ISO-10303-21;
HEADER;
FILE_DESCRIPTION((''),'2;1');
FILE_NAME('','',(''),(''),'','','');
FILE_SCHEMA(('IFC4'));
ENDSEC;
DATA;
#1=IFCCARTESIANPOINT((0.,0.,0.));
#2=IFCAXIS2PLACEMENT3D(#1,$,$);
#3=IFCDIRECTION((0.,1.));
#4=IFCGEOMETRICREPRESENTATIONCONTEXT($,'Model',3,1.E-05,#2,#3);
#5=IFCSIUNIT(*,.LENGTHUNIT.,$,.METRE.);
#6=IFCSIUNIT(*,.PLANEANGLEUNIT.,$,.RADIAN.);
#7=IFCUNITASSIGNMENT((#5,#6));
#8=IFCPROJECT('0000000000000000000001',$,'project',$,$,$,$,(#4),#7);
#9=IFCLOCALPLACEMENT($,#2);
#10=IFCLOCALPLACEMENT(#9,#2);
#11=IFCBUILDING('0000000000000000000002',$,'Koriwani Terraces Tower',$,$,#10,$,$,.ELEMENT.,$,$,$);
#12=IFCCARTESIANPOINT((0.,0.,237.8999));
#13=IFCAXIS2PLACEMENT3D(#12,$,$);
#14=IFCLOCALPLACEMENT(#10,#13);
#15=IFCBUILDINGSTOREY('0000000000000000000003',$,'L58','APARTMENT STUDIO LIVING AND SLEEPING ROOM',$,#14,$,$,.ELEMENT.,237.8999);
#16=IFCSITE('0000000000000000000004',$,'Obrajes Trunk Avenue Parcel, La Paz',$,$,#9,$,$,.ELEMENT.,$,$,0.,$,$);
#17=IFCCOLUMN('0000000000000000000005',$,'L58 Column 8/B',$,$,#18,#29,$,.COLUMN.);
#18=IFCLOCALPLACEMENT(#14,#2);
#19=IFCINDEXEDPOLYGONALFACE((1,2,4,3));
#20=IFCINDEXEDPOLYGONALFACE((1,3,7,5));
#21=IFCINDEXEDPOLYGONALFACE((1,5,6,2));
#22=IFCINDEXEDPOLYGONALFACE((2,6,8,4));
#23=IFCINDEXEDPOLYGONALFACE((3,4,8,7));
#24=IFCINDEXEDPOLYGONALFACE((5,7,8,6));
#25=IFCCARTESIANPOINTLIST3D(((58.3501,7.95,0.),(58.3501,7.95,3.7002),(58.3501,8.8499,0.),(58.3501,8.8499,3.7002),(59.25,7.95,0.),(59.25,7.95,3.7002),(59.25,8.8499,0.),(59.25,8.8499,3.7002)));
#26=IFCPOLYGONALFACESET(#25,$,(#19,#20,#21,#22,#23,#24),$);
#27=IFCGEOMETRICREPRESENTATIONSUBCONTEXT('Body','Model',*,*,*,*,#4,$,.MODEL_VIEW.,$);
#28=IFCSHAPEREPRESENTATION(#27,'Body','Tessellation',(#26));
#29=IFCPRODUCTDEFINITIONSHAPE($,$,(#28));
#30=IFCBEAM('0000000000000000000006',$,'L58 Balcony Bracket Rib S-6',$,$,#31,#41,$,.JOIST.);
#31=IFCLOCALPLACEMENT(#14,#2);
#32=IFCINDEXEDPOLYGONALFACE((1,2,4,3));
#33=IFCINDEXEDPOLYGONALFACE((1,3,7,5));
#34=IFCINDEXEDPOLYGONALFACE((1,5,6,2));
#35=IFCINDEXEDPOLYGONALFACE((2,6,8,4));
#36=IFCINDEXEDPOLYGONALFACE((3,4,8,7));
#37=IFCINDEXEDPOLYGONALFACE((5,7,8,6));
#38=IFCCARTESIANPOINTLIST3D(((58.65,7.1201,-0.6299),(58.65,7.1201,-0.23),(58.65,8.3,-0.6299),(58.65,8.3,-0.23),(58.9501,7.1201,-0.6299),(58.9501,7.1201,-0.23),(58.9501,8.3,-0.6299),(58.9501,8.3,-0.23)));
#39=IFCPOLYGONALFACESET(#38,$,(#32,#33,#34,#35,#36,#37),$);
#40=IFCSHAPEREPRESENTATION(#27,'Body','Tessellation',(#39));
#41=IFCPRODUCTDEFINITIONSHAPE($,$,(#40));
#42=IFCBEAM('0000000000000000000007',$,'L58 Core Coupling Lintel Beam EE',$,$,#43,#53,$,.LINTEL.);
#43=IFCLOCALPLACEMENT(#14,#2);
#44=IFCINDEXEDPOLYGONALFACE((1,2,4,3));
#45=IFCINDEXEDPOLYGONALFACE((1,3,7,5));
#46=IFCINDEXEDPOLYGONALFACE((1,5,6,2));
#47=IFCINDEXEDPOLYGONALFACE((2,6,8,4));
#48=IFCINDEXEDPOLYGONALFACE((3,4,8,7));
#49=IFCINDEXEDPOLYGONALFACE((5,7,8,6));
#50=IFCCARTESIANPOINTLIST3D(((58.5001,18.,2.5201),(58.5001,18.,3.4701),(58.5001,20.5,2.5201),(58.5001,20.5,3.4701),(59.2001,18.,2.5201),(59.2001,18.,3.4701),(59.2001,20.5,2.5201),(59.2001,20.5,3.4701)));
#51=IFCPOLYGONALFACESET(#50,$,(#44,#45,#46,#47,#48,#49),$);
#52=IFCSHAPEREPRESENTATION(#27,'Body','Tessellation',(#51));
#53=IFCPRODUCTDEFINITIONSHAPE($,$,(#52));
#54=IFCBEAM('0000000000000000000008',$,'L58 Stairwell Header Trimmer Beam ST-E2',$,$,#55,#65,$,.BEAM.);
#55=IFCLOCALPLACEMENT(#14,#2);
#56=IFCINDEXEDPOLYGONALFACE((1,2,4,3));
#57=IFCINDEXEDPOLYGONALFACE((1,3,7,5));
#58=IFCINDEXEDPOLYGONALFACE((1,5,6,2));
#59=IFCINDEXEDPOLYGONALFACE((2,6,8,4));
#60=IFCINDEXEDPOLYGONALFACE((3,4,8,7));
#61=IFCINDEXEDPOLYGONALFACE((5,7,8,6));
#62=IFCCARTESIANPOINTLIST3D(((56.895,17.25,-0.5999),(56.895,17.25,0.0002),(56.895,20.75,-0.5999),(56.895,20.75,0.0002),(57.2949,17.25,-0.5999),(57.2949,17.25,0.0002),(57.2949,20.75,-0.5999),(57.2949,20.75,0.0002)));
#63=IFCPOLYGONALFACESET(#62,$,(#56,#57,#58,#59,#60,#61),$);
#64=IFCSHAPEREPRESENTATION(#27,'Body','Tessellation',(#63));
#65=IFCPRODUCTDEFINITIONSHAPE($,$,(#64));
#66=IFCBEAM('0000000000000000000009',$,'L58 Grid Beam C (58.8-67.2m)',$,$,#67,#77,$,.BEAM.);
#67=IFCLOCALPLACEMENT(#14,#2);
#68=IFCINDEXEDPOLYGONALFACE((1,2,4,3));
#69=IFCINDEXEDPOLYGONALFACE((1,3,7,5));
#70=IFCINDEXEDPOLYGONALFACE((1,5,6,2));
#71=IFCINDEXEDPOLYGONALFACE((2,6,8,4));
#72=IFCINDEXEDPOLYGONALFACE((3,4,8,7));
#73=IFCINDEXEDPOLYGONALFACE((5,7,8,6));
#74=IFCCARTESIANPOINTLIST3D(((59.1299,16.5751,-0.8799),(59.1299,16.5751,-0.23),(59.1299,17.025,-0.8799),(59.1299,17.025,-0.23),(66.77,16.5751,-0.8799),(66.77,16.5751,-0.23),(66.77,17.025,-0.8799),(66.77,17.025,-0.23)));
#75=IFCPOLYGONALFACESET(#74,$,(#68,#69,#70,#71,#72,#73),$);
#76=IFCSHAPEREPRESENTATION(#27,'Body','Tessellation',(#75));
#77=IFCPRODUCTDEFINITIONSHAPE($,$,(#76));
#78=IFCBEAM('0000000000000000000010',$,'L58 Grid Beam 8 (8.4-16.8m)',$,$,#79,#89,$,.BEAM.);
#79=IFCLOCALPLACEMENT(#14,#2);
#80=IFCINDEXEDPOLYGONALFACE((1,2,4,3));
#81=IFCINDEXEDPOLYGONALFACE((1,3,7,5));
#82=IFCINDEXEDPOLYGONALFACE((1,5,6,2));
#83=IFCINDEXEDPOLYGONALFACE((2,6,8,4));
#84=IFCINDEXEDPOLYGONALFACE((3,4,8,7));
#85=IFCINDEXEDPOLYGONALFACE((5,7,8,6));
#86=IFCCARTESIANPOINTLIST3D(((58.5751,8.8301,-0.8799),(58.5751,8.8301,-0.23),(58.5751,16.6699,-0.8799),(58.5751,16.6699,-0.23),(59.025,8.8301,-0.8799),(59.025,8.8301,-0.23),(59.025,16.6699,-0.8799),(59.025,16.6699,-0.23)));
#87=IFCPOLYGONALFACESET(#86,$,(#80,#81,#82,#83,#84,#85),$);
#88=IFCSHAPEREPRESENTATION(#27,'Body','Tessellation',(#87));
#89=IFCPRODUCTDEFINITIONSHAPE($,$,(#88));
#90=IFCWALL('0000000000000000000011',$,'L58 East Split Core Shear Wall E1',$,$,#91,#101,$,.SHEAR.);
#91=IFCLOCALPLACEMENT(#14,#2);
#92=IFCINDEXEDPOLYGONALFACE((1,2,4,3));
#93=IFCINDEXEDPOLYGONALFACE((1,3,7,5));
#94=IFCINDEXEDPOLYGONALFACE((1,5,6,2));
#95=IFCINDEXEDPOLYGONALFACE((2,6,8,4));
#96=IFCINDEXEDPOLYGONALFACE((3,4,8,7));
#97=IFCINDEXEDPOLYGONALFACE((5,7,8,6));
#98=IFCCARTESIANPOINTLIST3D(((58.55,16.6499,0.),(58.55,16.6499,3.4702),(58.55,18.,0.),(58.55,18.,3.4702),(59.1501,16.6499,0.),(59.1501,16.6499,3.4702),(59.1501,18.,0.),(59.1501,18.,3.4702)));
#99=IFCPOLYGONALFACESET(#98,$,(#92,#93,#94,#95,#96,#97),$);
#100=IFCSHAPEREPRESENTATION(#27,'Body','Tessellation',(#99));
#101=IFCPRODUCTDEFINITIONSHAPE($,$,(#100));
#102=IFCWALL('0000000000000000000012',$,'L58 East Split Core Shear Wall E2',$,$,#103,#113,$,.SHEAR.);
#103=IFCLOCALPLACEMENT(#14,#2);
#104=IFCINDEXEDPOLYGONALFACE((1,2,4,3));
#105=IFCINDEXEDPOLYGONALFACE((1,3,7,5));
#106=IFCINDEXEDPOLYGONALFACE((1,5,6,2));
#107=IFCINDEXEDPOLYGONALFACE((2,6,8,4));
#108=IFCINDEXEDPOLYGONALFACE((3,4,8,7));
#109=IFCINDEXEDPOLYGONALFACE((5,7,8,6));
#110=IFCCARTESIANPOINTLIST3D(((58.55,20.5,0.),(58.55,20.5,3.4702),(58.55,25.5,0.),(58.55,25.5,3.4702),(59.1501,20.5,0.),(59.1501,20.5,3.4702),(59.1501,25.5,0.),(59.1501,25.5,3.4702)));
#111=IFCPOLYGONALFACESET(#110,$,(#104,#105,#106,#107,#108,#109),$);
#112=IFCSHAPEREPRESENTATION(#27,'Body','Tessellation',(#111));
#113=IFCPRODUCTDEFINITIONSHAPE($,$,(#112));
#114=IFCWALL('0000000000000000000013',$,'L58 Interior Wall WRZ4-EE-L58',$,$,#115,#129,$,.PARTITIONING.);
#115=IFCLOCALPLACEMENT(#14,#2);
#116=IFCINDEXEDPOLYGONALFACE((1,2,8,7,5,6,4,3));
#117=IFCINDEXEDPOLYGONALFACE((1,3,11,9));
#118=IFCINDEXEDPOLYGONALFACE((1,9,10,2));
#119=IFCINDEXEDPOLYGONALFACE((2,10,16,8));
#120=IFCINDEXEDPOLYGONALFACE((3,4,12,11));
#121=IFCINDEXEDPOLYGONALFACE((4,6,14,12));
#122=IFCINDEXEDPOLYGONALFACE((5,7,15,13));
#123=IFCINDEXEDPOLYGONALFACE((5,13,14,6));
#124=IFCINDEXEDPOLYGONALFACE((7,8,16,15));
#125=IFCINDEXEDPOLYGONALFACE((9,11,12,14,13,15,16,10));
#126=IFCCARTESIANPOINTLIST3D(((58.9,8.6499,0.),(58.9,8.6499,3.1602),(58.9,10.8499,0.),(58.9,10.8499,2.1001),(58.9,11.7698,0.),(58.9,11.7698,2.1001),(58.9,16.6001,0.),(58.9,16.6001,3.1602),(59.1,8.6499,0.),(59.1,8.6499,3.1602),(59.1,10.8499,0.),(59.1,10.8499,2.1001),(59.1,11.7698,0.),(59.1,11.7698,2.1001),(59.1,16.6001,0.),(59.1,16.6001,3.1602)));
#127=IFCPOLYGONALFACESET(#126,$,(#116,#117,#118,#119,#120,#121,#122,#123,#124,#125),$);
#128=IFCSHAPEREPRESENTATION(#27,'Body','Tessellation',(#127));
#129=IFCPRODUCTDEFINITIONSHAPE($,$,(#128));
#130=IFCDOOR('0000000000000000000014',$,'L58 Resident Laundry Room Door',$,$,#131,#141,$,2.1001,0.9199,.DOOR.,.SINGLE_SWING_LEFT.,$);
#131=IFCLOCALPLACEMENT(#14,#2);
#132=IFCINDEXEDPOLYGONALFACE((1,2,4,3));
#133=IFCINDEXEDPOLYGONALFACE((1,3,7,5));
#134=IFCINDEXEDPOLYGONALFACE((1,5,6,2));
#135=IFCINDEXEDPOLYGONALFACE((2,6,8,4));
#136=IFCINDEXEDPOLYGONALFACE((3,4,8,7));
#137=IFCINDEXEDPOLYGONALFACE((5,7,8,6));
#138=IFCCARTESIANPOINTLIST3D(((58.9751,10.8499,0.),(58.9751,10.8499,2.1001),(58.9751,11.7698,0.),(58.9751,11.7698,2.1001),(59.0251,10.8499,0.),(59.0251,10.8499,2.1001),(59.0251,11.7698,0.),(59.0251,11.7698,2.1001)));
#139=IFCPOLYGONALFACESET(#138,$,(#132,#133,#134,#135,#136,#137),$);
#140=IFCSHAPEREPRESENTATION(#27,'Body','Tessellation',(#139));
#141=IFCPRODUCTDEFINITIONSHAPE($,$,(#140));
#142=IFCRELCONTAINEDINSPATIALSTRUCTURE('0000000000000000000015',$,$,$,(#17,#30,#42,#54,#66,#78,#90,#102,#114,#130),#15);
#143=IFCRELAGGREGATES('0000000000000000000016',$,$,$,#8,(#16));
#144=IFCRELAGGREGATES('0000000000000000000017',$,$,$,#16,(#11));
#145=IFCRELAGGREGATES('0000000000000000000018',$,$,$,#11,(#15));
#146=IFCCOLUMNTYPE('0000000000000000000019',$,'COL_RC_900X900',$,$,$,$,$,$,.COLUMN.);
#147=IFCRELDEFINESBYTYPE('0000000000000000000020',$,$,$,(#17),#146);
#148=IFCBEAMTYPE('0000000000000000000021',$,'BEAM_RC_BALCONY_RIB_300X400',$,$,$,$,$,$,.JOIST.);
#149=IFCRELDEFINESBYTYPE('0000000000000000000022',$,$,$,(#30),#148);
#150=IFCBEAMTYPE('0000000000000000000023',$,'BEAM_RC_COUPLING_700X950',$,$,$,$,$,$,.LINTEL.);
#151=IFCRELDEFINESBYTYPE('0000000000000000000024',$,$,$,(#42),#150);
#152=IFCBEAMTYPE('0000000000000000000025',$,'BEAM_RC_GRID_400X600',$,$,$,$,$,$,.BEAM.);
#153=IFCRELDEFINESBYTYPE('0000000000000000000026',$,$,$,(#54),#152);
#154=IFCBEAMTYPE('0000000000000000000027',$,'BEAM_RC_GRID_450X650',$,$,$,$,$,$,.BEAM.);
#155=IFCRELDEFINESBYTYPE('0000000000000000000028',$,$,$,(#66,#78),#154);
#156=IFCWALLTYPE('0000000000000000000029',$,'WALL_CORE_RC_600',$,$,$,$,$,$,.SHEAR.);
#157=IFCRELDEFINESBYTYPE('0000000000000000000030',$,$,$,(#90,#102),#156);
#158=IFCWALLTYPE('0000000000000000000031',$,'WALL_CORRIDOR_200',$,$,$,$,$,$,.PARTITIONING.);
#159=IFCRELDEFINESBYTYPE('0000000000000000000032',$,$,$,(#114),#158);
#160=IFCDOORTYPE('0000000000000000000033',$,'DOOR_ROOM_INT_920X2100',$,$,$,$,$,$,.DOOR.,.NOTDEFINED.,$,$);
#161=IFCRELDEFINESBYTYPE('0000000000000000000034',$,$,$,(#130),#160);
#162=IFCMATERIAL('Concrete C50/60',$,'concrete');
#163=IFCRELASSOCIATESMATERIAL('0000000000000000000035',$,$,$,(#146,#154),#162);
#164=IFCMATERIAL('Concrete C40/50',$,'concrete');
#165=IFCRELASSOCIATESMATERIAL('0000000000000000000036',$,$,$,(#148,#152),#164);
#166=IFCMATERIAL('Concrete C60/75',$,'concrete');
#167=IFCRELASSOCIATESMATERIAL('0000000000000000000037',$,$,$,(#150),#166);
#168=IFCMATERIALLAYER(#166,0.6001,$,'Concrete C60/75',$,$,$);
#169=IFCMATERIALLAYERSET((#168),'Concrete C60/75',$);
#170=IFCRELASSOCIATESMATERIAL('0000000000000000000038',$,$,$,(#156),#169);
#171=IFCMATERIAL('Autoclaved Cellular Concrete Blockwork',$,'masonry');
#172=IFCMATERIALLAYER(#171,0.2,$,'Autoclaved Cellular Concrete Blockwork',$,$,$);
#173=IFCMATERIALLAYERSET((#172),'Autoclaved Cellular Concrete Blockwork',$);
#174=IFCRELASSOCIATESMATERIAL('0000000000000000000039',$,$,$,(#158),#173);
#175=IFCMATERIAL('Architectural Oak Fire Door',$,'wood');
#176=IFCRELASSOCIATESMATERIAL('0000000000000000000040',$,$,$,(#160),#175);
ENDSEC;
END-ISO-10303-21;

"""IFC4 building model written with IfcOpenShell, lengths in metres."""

from ifc_helpers import new_model, si_unit, direction, frame, frame_2d, origin, origin_2d, place, context, subcontext, project, spatial, rectangle, extrude, material, layer, layer_set, material_profile, profile_set, type_object, element, fill, save


model = new_model("IFC4")

# Units and contexts
model_context = context("Model", 3, precision=1e-05, world=origin(), true_north=direction((0.0, 1.0)))
body_context = subcontext(model_context, "Body", "Model", "MODEL_VIEW")
ifc_project = project(units=[si_unit("LENGTHUNIT", "METRE"), si_unit("PLANEANGLEUNIT", "RADIAN")], contexts=[model_context])

# Site, building, storey
site_placement = place(None, origin())
site = spatial("IfcSite", under=ifc_project, at=site_placement, Name="Obrajes Trunk Avenue Parcel, La Paz", CompositionType="ELEMENT", RefElevation=0.0)
building_placement = place(site_placement, origin())
building = spatial("IfcBuilding", under=site, at=building_placement, Name="Koriwani Terraces Tower", CompositionType="ELEMENT")
storey_placement = place(building_placement, frame((0.0, 0.0, 237.8999)))
storey = spatial("IfcBuildingStorey", under=building, at=storey_placement, Name="L58", Description="APARTMENT STUDIO LIVING AND SLEEPING ROOM", CompositionType="ELEMENT", Elevation=237.8999)

# Column
ifc_material_1 = material(Name="Concrete C50/60", Category="concrete")
ifc_material_profile_1 = material_profile(ifc_material_1, rectangle(XDim=0.8999, YDim=0.8999, at=origin_2d()), Name="Concrete C50/60", Category="LoadBearing")
ifc_profile_set_1 = profile_set([ifc_material_profile_1], Name="Concrete C50/60")
column_type = type_object("IfcColumnType", Name="COL_RC_900X900", PredefinedType="COLUMN", material=ifc_profile_set_1)
column_placement = place(storey_placement, frame((58.8, 8.3999, 0.0), z_axis=(0.0, 0.0, 1.0), x_axis=(1.0, 0.0, 0.0)))
element("IfcColumn", 1, at=column_placement, inside=storey, type_object=column_type, Name="L58 Column 8/B", PredefinedType="COLUMN", context=body_context, shape_type="SweptSolid", body=[
    extrude(rectangle(XDim=0.8999, YDim=0.8999, at=origin_2d()), origin(), (0.0, 0.0, 1.0), 3.7002),
])

# Beams
ifc_material_2 = material(Name="Concrete C40/50", Category="concrete")
ifc_material_profile_2 = material_profile(ifc_material_2, rectangle(XDim=0.3, YDim=0.3999, at=origin_2d()), Name="Concrete C40/50", Category="LoadBearing")
ifc_profile_set_2 = profile_set([ifc_material_profile_2], Name="Concrete C40/50")
beam_type_1 = type_object("IfcBeamType", Name="BEAM_RC_BALCONY_RIB_300X400", PredefinedType="JOIST", material=ifc_profile_set_2)
beam_1_placement = place(storey_placement, frame((58.8, 7.1201, -0.4299), z_axis=(0.0, 1.0, 0.0), x_axis=(-1.0, 0.0, 0.0)))
element("IfcBeam", 2, at=beam_1_placement, inside=storey, type_object=beam_type_1, Name="L58 Balcony Bracket Rib S-6", PredefinedType="JOIST", context=body_context, shape_type="SweptSolid", body=[
    extrude(rectangle(XDim=0.3, YDim=0.3999, at=origin_2d()), origin(), (0.0, 0.0, 1.0), 1.1799),
])
ifc_material_3 = material(Name="Concrete C60/75", Category="concrete")
ifc_material_profile_3 = material_profile(ifc_material_3, rectangle(XDim=0.7, YDim=0.95, at=origin_2d()), Name="Concrete C60/75", Category="LoadBearing")
ifc_profile_set_3 = profile_set([ifc_material_profile_3], Name="Concrete C60/75")
beam_type_2 = type_object("IfcBeamType", Name="BEAM_RC_COUPLING_700X950", PredefinedType="LINTEL", material=ifc_profile_set_3)
beam_2_placement = place(storey_placement, frame((58.8501, 18.0, 2.9951), z_axis=(0.0, 1.0, 0.0), x_axis=(-1.0, 0.0, 0.0)))
element("IfcBeam", 3, at=beam_2_placement, inside=storey, type_object=beam_type_2, Name="L58 Core Coupling Lintel Beam EE", PredefinedType="LINTEL", context=body_context, shape_type="SweptSolid", body=[
    extrude(rectangle(XDim=0.7, YDim=0.95, at=origin_2d()), origin(), (0.0, 0.0, 1.0), 2.5),
])
ifc_material_profile_4 = material_profile(ifc_material_2, rectangle(XDim=0.3999, YDim=0.6001, at=origin_2d()), Name="Concrete C40/50", Category="LoadBearing")
ifc_profile_set_4 = profile_set([ifc_material_profile_4], Name="Concrete C40/50")
beam_type_3 = type_object("IfcBeamType", Name="BEAM_RC_GRID_400X600", PredefinedType="BEAM", material=ifc_profile_set_4)
beam_3_placement = place(storey_placement, frame((57.095, 17.25, -0.2998), z_axis=(0.0, 1.0, 0.0), x_axis=(-1.0, 0.0, 0.0)))
element("IfcBeam", 4, at=beam_3_placement, inside=storey, type_object=beam_type_3, Name="L58 Stairwell Header Trimmer Beam ST-E2", PredefinedType="BEAM", context=body_context, shape_type="SweptSolid", body=[
    extrude(rectangle(XDim=0.3999, YDim=0.6001, at=origin_2d()), origin(), (0.0, 0.0, 1.0), 3.5),
])
ifc_material_profile_5 = material_profile(ifc_material_1, rectangle(XDim=0.45, YDim=0.6499, at=origin_2d()), Name="Concrete C50/60", Category="LoadBearing")
ifc_profile_set_5 = profile_set([ifc_material_profile_5], Name="Concrete C50/60")
beam_type_4 = type_object("IfcBeamType", Name="BEAM_RC_GRID_450X650", PredefinedType="BEAM", material=ifc_profile_set_5)
beam_4_placement = place(storey_placement, frame((59.1299, 16.8, -0.5549), z_axis=(1.0, 0.0, 0.0), x_axis=(0.0, 1.0, 0.0)))
element("IfcBeam", 5, at=beam_4_placement, inside=storey, type_object=beam_type_4, Name="L58 Grid Beam C (58.8-67.2m)", PredefinedType="BEAM", context=body_context, shape_type="SweptSolid", body=[
    extrude(rectangle(XDim=0.45, YDim=0.6499, at=origin_2d()), origin(), (0.0, 0.0, 1.0), 7.6401),
])
beam_5_placement = place(storey_placement, frame((58.8, 8.8301, -0.5549), z_axis=(0.0, 1.0, 0.0), x_axis=(-1.0, 0.0, 0.0)))
element("IfcBeam", 6, at=beam_5_placement, inside=storey, type_object=beam_type_4, Name="L58 Grid Beam 8 (8.4-16.8m)", PredefinedType="BEAM", context=body_context, shape_type="SweptSolid", body=[
    extrude(rectangle(XDim=0.45, YDim=0.6499, at=origin_2d()), origin(), (0.0, 0.0, 1.0), 7.8398),
])

# Walls
ifc_layer_1 = layer(ifc_material_3, 0.6001, Name="Concrete C60/75")
ifc_layer_set_1 = layer_set([ifc_layer_1], Name="Concrete C60/75")
wall_type_1 = type_object("IfcWallType", Name="WALL_CORE_RC_600", PredefinedType="SHEAR", material=ifc_layer_set_1)
wall_1_placement = place(storey_placement, frame((58.8501, 16.6499, 0.0), z_axis=(0.0, 0.0, 1.0), x_axis=(0.0, 1.0, 0.0)))
element("IfcWall", 7, at=wall_1_placement, inside=storey, type_object=wall_type_1, Name="L58 East Split Core Shear Wall E1", PredefinedType="SHEAR", context=body_context, shape_type="SweptSolid", body=[
    extrude(rectangle(XDim=1.3501, YDim=0.6001, at=frame_2d((0.675, 0.0))), origin(), (0.0, 0.0, 1.0), 3.4702),
])
wall_2_placement = place(storey_placement, frame((58.8501, 20.5, 0.0), z_axis=(0.0, 0.0, 1.0), x_axis=(0.0, 1.0, 0.0)))
element("IfcWall", 8, at=wall_2_placement, inside=storey, type_object=wall_type_1, Name="L58 East Split Core Shear Wall E2", PredefinedType="SHEAR", context=body_context, shape_type="SweptSolid", body=[
    extrude(rectangle(XDim=5.0, YDim=0.6001, at=frame_2d((2.5, 0.0))), origin(), (0.0, 0.0, 1.0), 3.4702),
])

# Wall, opening, door
ifc_material_4 = material(Name="Autoclaved Cellular Concrete Blockwork", Category="masonry")
ifc_layer_2 = layer(ifc_material_4, 0.2, Name="Autoclaved Cellular Concrete Blockwork")
ifc_layer_set_2 = layer_set([ifc_layer_2], Name="Autoclaved Cellular Concrete Blockwork")
wall_type_2 = type_object("IfcWallType", Name="WALL_CORRIDOR_200", PredefinedType="PARTITIONING", material=ifc_layer_set_2)
wall_3_placement = place(storey_placement, frame((59.0, 8.6499, 0.0), z_axis=(0.0, 0.0, 1.0), x_axis=(0.0, 1.0, 0.0)))
wall_3 = element("IfcWall", 9, at=wall_3_placement, inside=storey, type_object=wall_type_2, Name="L58 Interior Wall WRZ4-EE-L58", PredefinedType="PARTITIONING", context=body_context, shape_type="SweptSolid", body=[
    extrude(rectangle(XDim=7.9502, YDim=0.2, at=frame_2d((3.9751, 0.0))), origin(), (0.0, 0.0, 1.0), 3.1602),
])
opening_1_placement = place(wall_3_placement, frame((2.2, 0.0, 0.0)))
opening_1 = element("IfcOpeningElement", 10, at=opening_1_placement, cuts=wall_3, PredefinedType="OPENING", context=body_context, shape_type="SweptSolid", body=[
    extrude(rectangle(XDim=0.9199, YDim=2.1001, at=frame_2d((0.46, 1.05))), frame((0.0, 0.1099, 0.0), z_axis=(0.0, -1.0, 0.0), x_axis=(1.0, 0.0, 0.0)), (0.0, 0.0, 1.0), 0.22),
])
ifc_material_5 = material(Name="Architectural Oak Fire Door", Category="wood")
door_type_1 = type_object("IfcDoorType", Name="DOOR_ROOM_INT_920X2100", OperationType="NOTDEFINED", PredefinedType="DOOR", material=ifc_material_5)
door_1_placement = place(opening_1_placement, origin())
door_1 = element("IfcDoor", 11, at=door_1_placement, inside=storey, type_object=door_type_1, Name="L58 Resident Laundry Room Door", OperationType="SINGLE_SWING_LEFT", OverallHeight=2.1001, OverallWidth=0.9199, PredefinedType="DOOR", context=body_context, shape_type="SweptSolid", body=[
    extrude(rectangle(XDim=0.9199, YDim=2.1001, at=frame_2d((0.46, 1.05))), frame((0.0, 0.0249, 0.0), z_axis=(0.0, -1.0, 0.0), x_axis=(1.0, 0.0, 0.0)), (0.0, 0.0, 1.0), 0.05),
])
fill(opening_1, door_1)

save(model, "model.ifc")
